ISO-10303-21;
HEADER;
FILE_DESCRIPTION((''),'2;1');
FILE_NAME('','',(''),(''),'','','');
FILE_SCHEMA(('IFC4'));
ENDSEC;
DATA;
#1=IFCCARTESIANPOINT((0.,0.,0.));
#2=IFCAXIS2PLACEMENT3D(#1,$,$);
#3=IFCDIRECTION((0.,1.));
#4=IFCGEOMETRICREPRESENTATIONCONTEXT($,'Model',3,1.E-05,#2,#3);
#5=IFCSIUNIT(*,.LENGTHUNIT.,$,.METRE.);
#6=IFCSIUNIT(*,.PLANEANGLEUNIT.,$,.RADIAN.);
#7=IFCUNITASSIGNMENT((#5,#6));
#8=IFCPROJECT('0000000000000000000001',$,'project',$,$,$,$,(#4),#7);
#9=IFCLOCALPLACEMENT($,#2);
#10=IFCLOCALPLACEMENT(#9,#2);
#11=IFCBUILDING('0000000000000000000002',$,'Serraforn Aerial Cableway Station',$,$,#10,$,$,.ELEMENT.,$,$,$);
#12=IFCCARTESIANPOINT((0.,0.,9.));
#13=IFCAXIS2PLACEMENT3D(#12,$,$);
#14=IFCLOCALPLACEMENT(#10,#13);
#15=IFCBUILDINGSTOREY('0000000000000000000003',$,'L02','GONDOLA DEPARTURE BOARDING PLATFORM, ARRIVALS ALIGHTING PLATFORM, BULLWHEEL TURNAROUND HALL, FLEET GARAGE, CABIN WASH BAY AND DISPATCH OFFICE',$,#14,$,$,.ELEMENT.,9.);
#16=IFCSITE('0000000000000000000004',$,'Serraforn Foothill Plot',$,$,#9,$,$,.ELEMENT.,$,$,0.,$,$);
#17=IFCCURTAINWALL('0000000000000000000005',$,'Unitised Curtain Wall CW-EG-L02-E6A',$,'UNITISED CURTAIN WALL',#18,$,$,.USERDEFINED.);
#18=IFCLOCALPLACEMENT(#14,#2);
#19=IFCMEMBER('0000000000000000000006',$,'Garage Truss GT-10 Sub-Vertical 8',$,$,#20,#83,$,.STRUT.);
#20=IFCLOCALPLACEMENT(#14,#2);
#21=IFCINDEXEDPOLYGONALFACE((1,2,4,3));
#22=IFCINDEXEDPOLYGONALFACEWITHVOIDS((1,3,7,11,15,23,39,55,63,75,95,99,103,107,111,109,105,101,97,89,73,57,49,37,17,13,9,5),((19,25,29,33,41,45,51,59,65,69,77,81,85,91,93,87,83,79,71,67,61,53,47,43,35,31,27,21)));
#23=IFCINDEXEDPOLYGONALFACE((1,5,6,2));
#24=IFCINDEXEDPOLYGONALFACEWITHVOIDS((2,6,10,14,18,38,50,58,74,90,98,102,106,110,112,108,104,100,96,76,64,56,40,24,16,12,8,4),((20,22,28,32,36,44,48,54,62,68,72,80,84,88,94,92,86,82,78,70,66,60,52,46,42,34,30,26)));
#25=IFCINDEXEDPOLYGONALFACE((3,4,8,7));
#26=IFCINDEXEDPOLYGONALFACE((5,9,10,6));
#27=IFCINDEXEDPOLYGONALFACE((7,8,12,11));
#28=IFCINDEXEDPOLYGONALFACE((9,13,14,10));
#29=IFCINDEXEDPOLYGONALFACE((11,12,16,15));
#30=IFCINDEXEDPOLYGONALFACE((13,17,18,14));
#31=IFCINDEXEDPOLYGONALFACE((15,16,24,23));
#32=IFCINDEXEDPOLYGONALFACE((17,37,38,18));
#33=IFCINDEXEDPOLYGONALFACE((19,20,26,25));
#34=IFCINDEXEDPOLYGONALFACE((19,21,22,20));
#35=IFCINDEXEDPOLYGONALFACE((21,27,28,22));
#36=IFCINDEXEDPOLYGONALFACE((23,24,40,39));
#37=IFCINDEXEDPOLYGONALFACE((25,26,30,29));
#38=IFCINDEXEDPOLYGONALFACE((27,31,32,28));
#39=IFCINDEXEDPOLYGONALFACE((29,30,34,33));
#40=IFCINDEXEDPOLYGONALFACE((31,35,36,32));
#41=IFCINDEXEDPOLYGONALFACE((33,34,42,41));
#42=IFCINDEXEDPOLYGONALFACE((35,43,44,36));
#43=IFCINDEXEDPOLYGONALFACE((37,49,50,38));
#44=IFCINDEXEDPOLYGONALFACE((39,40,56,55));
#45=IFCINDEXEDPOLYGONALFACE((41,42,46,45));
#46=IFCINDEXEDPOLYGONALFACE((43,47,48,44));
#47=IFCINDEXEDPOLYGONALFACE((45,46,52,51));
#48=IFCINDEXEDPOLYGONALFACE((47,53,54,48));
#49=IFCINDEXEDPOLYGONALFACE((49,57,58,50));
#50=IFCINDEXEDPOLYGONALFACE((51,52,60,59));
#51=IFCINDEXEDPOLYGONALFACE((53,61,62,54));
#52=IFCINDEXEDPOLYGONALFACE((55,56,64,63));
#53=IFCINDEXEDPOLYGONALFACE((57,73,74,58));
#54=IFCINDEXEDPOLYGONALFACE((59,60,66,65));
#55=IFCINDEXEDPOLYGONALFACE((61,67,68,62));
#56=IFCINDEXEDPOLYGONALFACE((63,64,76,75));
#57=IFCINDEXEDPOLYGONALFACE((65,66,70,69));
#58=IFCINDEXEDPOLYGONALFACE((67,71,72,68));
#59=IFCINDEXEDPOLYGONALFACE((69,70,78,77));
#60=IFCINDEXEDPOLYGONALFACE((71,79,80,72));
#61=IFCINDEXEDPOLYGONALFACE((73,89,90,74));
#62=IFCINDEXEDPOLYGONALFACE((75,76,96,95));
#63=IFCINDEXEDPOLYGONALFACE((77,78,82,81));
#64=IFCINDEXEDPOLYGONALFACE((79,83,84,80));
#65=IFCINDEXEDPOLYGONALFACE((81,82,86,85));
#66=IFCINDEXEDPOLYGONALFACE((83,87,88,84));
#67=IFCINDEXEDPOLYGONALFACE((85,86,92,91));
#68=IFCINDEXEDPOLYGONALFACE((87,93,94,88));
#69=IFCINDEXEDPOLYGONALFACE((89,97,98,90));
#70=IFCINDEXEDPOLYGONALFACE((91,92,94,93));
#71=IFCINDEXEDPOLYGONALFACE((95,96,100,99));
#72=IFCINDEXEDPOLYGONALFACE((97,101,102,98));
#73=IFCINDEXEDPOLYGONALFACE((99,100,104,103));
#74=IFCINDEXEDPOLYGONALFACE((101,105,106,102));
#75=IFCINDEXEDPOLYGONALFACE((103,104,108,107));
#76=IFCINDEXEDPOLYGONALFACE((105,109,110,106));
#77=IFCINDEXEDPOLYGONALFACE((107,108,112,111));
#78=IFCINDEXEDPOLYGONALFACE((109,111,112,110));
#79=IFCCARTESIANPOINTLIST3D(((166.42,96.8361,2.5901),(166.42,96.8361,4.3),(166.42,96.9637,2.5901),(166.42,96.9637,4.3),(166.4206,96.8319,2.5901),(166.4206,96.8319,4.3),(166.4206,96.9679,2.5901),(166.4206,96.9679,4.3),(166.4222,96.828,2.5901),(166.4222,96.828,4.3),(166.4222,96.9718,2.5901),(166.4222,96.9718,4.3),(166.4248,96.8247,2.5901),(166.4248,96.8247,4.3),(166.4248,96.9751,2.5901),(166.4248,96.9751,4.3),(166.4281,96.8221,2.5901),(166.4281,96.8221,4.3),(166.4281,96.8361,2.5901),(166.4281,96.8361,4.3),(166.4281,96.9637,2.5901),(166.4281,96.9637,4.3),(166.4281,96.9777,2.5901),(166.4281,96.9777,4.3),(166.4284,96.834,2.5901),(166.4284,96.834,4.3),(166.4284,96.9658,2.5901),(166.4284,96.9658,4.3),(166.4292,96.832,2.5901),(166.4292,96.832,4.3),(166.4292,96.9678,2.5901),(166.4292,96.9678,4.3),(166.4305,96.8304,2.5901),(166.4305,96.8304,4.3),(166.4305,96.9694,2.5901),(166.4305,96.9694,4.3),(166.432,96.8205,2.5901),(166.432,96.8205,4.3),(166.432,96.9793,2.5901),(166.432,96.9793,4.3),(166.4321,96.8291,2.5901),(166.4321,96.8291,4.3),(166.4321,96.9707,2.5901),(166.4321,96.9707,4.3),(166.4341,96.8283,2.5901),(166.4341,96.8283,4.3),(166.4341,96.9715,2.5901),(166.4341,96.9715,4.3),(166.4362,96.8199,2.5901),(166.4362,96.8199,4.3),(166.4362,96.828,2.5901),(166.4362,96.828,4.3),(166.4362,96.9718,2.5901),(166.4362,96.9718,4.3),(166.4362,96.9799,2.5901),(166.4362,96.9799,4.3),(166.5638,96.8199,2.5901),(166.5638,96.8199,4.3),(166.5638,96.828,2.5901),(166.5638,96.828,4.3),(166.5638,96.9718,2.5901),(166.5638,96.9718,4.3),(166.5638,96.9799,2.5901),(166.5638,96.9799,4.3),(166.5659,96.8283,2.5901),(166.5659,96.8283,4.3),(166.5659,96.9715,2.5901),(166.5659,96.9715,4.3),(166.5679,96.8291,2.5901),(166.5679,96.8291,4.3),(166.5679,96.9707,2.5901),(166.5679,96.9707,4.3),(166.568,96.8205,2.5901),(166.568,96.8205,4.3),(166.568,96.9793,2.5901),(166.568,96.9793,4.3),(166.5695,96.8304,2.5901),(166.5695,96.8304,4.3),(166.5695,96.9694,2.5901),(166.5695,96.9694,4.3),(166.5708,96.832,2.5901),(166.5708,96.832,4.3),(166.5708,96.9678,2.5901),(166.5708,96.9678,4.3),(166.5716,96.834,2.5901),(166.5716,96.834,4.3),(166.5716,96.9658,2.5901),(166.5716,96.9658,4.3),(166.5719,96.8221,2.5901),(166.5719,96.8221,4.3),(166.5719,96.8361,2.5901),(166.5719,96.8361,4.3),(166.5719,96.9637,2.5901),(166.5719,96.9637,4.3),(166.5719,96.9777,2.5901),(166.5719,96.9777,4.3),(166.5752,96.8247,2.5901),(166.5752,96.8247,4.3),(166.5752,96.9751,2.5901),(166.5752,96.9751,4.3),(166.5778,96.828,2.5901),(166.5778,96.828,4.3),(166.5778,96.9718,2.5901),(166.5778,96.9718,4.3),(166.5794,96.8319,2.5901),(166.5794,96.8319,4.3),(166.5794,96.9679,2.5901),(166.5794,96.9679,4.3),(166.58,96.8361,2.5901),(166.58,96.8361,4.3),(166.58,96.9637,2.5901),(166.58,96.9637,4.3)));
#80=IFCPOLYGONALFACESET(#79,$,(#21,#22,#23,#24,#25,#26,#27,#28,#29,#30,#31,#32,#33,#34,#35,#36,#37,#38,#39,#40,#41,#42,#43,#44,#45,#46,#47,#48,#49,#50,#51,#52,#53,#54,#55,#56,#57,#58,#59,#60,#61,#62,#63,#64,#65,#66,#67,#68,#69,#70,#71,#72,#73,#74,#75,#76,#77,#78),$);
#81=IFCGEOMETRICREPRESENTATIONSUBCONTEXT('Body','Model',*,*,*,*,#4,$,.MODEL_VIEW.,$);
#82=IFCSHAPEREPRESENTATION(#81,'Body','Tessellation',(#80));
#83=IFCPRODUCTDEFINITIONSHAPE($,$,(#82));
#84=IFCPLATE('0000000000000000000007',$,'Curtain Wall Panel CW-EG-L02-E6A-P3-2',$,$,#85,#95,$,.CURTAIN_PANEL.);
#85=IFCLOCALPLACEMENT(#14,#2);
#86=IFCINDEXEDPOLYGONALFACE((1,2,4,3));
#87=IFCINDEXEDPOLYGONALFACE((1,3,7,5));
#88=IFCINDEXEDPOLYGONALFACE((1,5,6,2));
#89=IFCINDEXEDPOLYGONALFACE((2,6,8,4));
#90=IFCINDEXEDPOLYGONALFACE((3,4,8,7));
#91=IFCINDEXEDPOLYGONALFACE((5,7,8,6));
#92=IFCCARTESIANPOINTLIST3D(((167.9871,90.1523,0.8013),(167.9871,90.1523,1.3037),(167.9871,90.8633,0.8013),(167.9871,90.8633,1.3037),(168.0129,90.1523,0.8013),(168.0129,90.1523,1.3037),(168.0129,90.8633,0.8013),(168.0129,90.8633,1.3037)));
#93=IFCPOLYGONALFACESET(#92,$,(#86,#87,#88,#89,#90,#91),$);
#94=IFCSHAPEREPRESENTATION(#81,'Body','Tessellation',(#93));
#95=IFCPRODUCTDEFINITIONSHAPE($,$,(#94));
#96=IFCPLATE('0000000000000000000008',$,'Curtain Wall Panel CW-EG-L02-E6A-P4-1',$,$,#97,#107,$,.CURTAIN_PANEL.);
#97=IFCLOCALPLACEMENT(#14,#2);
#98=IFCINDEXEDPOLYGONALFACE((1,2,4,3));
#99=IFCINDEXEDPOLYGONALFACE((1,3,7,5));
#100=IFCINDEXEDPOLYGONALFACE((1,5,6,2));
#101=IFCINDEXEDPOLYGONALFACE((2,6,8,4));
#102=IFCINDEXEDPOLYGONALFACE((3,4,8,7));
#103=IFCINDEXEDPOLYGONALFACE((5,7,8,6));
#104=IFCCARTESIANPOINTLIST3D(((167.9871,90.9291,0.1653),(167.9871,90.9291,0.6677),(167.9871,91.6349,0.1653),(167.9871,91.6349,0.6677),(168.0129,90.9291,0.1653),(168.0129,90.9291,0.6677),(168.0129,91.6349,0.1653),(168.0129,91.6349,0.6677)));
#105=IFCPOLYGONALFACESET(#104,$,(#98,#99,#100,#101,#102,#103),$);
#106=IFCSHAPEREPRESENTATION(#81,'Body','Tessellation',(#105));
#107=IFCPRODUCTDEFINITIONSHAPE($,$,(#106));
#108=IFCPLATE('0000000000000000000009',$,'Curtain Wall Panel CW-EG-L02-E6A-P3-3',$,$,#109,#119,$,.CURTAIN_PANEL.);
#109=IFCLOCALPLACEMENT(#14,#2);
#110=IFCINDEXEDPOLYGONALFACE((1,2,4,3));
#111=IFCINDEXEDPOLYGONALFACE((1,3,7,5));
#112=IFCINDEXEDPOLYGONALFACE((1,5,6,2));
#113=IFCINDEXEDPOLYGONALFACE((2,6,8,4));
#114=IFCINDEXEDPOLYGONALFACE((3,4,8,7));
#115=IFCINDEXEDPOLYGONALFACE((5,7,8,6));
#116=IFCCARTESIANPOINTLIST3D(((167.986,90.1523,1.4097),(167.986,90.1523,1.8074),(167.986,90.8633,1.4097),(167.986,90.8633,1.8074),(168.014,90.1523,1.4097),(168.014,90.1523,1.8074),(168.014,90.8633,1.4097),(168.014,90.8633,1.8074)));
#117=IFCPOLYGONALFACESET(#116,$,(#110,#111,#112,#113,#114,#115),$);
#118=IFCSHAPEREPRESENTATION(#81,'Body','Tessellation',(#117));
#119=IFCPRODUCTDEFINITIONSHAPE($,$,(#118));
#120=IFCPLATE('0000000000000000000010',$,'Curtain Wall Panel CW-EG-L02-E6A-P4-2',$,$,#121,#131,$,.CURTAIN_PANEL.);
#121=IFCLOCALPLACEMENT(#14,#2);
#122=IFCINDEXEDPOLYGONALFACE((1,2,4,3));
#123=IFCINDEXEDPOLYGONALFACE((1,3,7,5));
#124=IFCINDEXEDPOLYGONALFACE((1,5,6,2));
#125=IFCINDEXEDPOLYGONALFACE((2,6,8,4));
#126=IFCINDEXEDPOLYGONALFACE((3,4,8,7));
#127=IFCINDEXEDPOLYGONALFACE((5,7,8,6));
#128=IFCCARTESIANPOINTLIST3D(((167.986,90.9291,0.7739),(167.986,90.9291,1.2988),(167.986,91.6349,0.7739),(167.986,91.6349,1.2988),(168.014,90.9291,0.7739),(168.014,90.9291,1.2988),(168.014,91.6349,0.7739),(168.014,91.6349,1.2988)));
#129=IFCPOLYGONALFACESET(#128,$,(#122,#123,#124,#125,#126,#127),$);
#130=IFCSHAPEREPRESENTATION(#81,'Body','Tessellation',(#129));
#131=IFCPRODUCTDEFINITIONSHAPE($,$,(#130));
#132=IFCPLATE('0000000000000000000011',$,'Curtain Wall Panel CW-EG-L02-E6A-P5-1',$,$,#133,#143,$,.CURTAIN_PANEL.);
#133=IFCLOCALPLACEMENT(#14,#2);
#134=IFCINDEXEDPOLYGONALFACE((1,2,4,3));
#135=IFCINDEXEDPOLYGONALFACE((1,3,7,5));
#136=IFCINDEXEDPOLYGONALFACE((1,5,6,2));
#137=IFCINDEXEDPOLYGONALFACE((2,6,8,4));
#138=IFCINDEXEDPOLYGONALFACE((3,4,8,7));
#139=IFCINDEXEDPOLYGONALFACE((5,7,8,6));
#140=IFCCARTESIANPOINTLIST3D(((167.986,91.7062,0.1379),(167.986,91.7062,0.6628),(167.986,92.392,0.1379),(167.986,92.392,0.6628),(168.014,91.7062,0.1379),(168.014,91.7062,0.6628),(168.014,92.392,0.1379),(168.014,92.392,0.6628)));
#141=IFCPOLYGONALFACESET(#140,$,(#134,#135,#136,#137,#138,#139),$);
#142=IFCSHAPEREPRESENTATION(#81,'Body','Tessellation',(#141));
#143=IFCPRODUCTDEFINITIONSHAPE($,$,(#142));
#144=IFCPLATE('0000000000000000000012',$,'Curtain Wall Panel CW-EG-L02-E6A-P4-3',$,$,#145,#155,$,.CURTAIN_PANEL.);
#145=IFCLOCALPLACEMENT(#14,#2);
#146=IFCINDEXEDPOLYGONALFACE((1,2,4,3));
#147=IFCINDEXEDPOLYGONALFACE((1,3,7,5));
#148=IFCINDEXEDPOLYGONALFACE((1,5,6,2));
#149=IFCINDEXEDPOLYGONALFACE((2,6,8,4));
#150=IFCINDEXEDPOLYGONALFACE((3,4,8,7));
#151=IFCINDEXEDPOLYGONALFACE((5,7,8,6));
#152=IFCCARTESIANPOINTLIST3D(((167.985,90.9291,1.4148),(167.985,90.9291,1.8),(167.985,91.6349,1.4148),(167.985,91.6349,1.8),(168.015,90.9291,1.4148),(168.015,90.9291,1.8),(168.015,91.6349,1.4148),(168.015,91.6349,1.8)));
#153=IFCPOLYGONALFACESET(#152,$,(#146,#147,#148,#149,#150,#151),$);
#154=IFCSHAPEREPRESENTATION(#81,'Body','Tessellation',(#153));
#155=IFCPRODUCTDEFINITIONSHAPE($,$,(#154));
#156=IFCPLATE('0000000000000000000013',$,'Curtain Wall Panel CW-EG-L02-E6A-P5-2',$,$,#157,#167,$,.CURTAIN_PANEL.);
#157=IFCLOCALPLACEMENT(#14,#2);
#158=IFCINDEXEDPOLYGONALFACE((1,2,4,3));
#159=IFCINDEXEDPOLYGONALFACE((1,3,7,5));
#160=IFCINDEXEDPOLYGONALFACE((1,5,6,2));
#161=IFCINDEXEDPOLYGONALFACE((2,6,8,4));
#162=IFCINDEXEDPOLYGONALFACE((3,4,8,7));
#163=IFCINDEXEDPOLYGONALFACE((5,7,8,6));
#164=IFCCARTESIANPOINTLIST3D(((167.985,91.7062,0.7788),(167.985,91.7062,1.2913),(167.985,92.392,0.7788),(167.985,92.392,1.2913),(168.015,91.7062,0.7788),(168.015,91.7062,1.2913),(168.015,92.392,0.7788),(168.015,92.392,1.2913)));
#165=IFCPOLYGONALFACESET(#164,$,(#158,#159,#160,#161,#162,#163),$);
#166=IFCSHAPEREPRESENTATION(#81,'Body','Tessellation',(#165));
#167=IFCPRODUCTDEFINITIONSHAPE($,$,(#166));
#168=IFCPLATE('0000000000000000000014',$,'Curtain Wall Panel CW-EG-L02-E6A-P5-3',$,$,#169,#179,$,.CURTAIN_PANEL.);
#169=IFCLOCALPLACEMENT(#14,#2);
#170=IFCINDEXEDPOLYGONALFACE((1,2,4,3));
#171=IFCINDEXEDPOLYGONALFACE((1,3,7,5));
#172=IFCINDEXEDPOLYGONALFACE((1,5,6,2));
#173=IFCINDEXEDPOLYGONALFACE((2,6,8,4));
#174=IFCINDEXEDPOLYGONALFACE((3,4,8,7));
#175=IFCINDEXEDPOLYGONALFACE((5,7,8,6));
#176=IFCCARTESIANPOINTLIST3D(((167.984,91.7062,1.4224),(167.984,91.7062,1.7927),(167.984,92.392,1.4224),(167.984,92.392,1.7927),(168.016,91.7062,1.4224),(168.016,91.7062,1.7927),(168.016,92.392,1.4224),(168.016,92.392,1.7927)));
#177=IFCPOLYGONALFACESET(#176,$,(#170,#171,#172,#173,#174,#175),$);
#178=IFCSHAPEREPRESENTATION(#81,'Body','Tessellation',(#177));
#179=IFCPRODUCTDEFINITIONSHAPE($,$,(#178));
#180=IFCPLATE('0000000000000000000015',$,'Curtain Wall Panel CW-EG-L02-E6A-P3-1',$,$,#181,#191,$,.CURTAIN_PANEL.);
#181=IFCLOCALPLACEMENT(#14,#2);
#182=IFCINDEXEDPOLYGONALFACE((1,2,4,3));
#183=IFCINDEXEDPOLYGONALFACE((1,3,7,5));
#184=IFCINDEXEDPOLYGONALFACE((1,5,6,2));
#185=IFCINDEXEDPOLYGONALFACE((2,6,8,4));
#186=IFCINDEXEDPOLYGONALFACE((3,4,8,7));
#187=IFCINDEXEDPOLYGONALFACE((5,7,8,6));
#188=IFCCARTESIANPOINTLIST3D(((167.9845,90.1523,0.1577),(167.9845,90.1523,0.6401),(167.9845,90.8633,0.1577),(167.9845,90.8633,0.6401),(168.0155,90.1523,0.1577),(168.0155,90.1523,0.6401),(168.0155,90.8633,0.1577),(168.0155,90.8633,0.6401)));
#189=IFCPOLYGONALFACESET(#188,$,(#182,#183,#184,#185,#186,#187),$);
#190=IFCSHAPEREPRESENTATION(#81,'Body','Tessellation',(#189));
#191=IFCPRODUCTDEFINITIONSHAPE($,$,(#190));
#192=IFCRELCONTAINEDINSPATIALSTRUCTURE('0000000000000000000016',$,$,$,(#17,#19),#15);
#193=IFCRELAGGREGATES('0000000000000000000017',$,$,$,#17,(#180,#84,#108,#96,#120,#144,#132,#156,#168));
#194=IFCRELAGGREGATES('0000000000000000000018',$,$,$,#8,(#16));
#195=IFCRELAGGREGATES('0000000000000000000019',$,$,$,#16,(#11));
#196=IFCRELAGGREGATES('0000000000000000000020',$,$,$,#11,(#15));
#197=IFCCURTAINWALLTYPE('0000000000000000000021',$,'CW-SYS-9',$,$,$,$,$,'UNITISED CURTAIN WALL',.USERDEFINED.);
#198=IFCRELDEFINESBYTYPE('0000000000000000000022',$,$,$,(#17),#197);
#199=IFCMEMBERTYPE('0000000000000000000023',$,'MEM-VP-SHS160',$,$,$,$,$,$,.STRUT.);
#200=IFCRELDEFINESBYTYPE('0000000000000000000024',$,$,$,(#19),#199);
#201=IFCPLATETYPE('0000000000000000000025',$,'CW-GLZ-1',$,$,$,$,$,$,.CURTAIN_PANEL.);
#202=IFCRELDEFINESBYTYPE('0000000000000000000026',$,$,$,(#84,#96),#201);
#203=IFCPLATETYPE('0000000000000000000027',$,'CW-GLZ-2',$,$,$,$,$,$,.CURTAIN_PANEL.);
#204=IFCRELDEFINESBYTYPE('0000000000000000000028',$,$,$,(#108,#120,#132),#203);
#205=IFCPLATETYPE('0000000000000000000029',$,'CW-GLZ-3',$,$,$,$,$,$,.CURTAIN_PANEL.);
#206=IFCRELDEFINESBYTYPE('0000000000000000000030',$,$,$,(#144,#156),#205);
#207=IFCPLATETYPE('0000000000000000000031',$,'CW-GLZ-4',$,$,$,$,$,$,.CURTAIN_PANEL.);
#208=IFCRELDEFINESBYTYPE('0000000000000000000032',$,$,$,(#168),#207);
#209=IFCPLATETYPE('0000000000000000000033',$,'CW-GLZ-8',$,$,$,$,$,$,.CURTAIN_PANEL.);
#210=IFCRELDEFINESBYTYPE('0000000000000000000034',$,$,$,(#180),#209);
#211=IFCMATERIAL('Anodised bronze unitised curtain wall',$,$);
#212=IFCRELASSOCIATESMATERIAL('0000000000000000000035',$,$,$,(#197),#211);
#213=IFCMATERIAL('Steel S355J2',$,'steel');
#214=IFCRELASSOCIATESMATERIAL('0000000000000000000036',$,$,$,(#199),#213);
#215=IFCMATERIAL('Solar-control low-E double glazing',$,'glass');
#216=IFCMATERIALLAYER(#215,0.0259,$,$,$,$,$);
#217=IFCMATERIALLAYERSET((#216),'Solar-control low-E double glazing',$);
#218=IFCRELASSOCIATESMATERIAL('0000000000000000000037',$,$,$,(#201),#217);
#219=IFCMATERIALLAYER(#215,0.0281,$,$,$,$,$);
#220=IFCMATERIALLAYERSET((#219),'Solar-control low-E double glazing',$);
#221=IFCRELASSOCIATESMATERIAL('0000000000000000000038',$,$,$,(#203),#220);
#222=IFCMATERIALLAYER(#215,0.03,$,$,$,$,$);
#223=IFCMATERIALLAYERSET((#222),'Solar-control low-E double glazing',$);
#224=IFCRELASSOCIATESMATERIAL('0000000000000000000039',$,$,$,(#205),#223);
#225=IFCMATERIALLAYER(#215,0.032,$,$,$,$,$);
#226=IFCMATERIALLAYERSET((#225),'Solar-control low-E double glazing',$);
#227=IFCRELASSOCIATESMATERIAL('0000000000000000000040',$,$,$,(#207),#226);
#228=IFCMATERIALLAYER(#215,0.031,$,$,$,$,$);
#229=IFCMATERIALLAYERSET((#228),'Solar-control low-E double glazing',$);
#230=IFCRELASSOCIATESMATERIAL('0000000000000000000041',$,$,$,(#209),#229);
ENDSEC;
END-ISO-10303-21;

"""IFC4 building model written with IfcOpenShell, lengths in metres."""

from ifc_helpers import new_model, si_unit, direction, frame, origin, origin_2d, place, context, subcontext, project, spatial, rectangle, hollow_rectangle, extrude, material, layer, layer_set, material_profile, profile_set, type_object, element, aggregate, save


model = new_model("IFC4")

# Units and contexts
model_context = context("Model", 3, precision=1e-05, world=origin(), true_north=direction((0.0, 1.0)))
body_context = subcontext(model_context, "Body", "Model", "MODEL_VIEW")
ifc_project = project(units=[si_unit("LENGTHUNIT", "METRE"), si_unit("PLANEANGLEUNIT", "RADIAN")], contexts=[model_context])

# Site, building, storey
site_placement = place(None, origin())
site = spatial("IfcSite", under=ifc_project, at=site_placement, Name="Serraforn Foothill Plot", CompositionType="ELEMENT", RefElevation=0.0)
building_placement = place(site_placement, origin())
building = spatial("IfcBuilding", under=site, at=building_placement, Name="Serraforn Aerial Cableway Station", CompositionType="ELEMENT")
storey_placement = place(building_placement, frame((0.0, 0.0, 9.0)))
storey = spatial("IfcBuildingStorey", under=building, at=storey_placement, Name="L02", Description="GONDOLA DEPARTURE BOARDING PLATFORM, ARRIVALS ALIGHTING PLATFORM, BULLWHEEL TURNAROUND HALL, FLEET GARAGE, CABIN WASH BAY AND DISPATCH OFFICE", CompositionType="ELEMENT", Elevation=9.0)

# Curtain wall
ifc_material_1 = material(Name="Anodised bronze unitised curtain wall")
curtain_wall_type_1 = type_object("IfcCurtainWallType", Name="CW-SYS-9", ElementType="UNITISED CURTAIN WALL", PredefinedType="USERDEFINED", material=ifc_material_1)
curtain_wall_1_placement = place(storey_placement, origin())
curtain_wall_1 = element("IfcCurtainWall", 1, at=curtain_wall_1_placement, inside=storey, type_object=curtain_wall_type_1, Name="Unitised Curtain Wall CW-EG-L02-E6A", ObjectType="UNITISED CURTAIN WALL", PredefinedType="USERDEFINED")

# Member
ifc_material_2 = material(Name="Steel S355J2", Category="steel")
ifc_material_profile_1 = material_profile(ifc_material_2, hollow_rectangle(XDim=0.1599, YDim=0.1599, WallThickness=0.0081, InnerFilletRadius=0.0081, OuterFilletRadius=0.0161, at=origin_2d()), Name="SHS 160x160x8.0")
ifc_profile_set_1 = profile_set([ifc_material_profile_1], Name="Steel S355J2")
member_type_1 = type_object("IfcMemberType", Name="MEM-VP-SHS160", PredefinedType="STRUT", material=ifc_profile_set_1)
member_1_placement = place(storey_placement, frame((166.5, 96.8999, 2.5901), z_axis=(0.0, 0.0, 1.0), x_axis=(1.0, 0.0, 0.0)))
element("IfcMember", 2, at=member_1_placement, inside=storey, type_object=member_type_1, Name="Garage Truss GT-10 Sub-Vertical 8", PredefinedType="STRUT", context=body_context, shape_type="SweptSolid", body=[
    extrude(hollow_rectangle(XDim=0.1599, YDim=0.1599, WallThickness=0.0081, InnerFilletRadius=0.0081, OuterFilletRadius=0.0161, at=origin_2d()), origin(), (0.0, 0.0, 1.0), 1.71),
])

# Plates
ifc_material_3 = material(Name="Solar-control low-E double glazing", Category="glass")
ifc_layer_1 = layer(ifc_material_3, 0.0259)
ifc_layer_set_1 = layer_set([ifc_layer_1], Name="Solar-control low-E double glazing")
plate_type_1 = type_object("IfcPlateType", Name="CW-GLZ-1", PredefinedType="CURTAIN_PANEL", material=ifc_layer_set_1)
plate_1_placement = place(storey_placement, frame((168.0, 90.5078, 0.8013), z_axis=(0.0, 0.0, 1.0), x_axis=(1.0, 0.0, 0.0)))
plate_1 = element("IfcPlate", 3, at=plate_1_placement, type_object=plate_type_1, Name="Curtain Wall Panel CW-EG-L02-E6A-P3-2", PredefinedType="CURTAIN_PANEL", context=body_context, shape_type="SweptSolid", body=[
    extrude(rectangle(XDim=0.0259, YDim=0.7109, at=origin_2d()), origin(), (0.0, 0.0, 1.0), 0.5024),
])
plate_2_placement = place(storey_placement, frame((168.0, 91.282, 0.1653), z_axis=(0.0, 0.0, 1.0), x_axis=(1.0, 0.0, 0.0)))
plate_2 = element("IfcPlate", 4, at=plate_2_placement, type_object=plate_type_1, Name="Curtain Wall Panel CW-EG-L02-E6A-P4-1", PredefinedType="CURTAIN_PANEL", context=body_context, shape_type="SweptSolid", body=[
    extrude(rectangle(XDim=0.0259, YDim=0.7058, at=origin_2d()), origin(), (0.0, 0.0, 1.0), 0.5024),
])
ifc_layer_2 = layer(ifc_material_3, 0.0281)
ifc_layer_set_2 = layer_set([ifc_layer_2], Name="Solar-control low-E double glazing")
plate_type_2 = type_object("IfcPlateType", Name="CW-GLZ-2", PredefinedType="CURTAIN_PANEL", material=ifc_layer_set_2)
plate_3_placement = place(storey_placement, frame((168.0, 90.5078, 1.4097), z_axis=(0.0, 0.0, 1.0), x_axis=(1.0, 0.0, 0.0)))
plate_3 = element("IfcPlate", 5, at=plate_3_placement, type_object=plate_type_2, Name="Curtain Wall Panel CW-EG-L02-E6A-P3-3", PredefinedType="CURTAIN_PANEL", context=body_context, shape_type="SweptSolid", body=[
    extrude(rectangle(XDim=0.0281, YDim=0.7109, at=origin_2d()), origin(), (0.0, 0.0, 1.0), 0.3977),
])
plate_4_placement = place(storey_placement, frame((168.0, 91.282, 0.7739), z_axis=(0.0, 0.0, 1.0), x_axis=(1.0, 0.0, 0.0)))
plate_4 = element("IfcPlate", 6, at=plate_4_placement, type_object=plate_type_2, Name="Curtain Wall Panel CW-EG-L02-E6A-P4-2", PredefinedType="CURTAIN_PANEL", context=body_context, shape_type="SweptSolid", body=[
    extrude(rectangle(XDim=0.0281, YDim=0.7058, at=origin_2d()), origin(), (0.0, 0.0, 1.0), 0.5249),
])
plate_5_placement = place(storey_placement, frame((168.0, 92.0491, 0.1379), z_axis=(0.0, 0.0, 1.0), x_axis=(1.0, 0.0, 0.0)))
plate_5 = element("IfcPlate", 7, at=plate_5_placement, type_object=plate_type_2, Name="Curtain Wall Panel CW-EG-L02-E6A-P5-1", PredefinedType="CURTAIN_PANEL", context=body_context, shape_type="SweptSolid", body=[
    extrude(rectangle(XDim=0.0281, YDim=0.6858, at=origin_2d()), origin(), (0.0, 0.0, 1.0), 0.5249),
])
ifc_layer_3 = layer(ifc_material_3, 0.03)
ifc_layer_set_3 = layer_set([ifc_layer_3], Name="Solar-control low-E double glazing")
plate_type_3 = type_object("IfcPlateType", Name="CW-GLZ-3", PredefinedType="CURTAIN_PANEL", material=ifc_layer_set_3)
plate_6_placement = place(storey_placement, frame((168.0, 91.282, 1.4148), z_axis=(0.0, 0.0, 1.0), x_axis=(1.0, 0.0, 0.0)))
plate_6 = element("IfcPlate", 8, at=plate_6_placement, type_object=plate_type_3, Name="Curtain Wall Panel CW-EG-L02-E6A-P4-3", PredefinedType="CURTAIN_PANEL", context=body_context, shape_type="SweptSolid", body=[
    extrude(rectangle(XDim=0.03, YDim=0.7058, at=origin_2d()), origin(), (0.0, 0.0, 1.0), 0.3853),
])
plate_7_placement = place(storey_placement, frame((168.0, 92.0491, 0.7788), z_axis=(0.0, 0.0, 1.0), x_axis=(1.0, 0.0, 0.0)))
plate_7 = element("IfcPlate", 9, at=plate_7_placement, type_object=plate_type_3, Name="Curtain Wall Panel CW-EG-L02-E6A-P5-2", PredefinedType="CURTAIN_PANEL", context=body_context, shape_type="SweptSolid", body=[
    extrude(rectangle(XDim=0.03, YDim=0.6858, at=origin_2d()), origin(), (0.0, 0.0, 1.0), 0.5125),
])
ifc_layer_4 = layer(ifc_material_3, 0.032)
ifc_layer_set_4 = layer_set([ifc_layer_4], Name="Solar-control low-E double glazing")
plate_type_4 = type_object("IfcPlateType", Name="CW-GLZ-4", PredefinedType="CURTAIN_PANEL", material=ifc_layer_set_4)
plate_8_placement = place(storey_placement, frame((168.0, 92.0491, 1.4224), z_axis=(0.0, 0.0, 1.0), x_axis=(1.0, 0.0, 0.0)))
plate_8 = element("IfcPlate", 10, at=plate_8_placement, type_object=plate_type_4, Name="Curtain Wall Panel CW-EG-L02-E6A-P5-3", PredefinedType="CURTAIN_PANEL", context=body_context, shape_type="SweptSolid", body=[
    extrude(rectangle(XDim=0.032, YDim=0.6858, at=origin_2d()), origin(), (0.0, 0.0, 1.0), 0.3704),
])
ifc_layer_5 = layer(ifc_material_3, 0.031)
ifc_layer_set_5 = layer_set([ifc_layer_5], Name="Solar-control low-E double glazing")
plate_type_5 = type_object("IfcPlateType", Name="CW-GLZ-8", PredefinedType="CURTAIN_PANEL", material=ifc_layer_set_5)
plate_9_placement = place(storey_placement, frame((168.0, 90.5078, 0.1577), z_axis=(0.0, 0.0, 1.0), x_axis=(1.0, 0.0, 0.0)))
plate_9 = element("IfcPlate", 11, at=plate_9_placement, type_object=plate_type_5, Name="Curtain Wall Panel CW-EG-L02-E6A-P3-1", PredefinedType="CURTAIN_PANEL", context=body_context, shape_type="SweptSolid", body=[
    extrude(rectangle(XDim=0.031, YDim=0.7109, at=origin_2d()), origin(), (0.0, 0.0, 1.0), 0.4824),
])
aggregate(curtain_wall_1, [plate_9, plate_1, plate_3, plate_2, plate_4, plate_6, plate_5, plate_7, plate_8])

save(model, "model.ifc")
